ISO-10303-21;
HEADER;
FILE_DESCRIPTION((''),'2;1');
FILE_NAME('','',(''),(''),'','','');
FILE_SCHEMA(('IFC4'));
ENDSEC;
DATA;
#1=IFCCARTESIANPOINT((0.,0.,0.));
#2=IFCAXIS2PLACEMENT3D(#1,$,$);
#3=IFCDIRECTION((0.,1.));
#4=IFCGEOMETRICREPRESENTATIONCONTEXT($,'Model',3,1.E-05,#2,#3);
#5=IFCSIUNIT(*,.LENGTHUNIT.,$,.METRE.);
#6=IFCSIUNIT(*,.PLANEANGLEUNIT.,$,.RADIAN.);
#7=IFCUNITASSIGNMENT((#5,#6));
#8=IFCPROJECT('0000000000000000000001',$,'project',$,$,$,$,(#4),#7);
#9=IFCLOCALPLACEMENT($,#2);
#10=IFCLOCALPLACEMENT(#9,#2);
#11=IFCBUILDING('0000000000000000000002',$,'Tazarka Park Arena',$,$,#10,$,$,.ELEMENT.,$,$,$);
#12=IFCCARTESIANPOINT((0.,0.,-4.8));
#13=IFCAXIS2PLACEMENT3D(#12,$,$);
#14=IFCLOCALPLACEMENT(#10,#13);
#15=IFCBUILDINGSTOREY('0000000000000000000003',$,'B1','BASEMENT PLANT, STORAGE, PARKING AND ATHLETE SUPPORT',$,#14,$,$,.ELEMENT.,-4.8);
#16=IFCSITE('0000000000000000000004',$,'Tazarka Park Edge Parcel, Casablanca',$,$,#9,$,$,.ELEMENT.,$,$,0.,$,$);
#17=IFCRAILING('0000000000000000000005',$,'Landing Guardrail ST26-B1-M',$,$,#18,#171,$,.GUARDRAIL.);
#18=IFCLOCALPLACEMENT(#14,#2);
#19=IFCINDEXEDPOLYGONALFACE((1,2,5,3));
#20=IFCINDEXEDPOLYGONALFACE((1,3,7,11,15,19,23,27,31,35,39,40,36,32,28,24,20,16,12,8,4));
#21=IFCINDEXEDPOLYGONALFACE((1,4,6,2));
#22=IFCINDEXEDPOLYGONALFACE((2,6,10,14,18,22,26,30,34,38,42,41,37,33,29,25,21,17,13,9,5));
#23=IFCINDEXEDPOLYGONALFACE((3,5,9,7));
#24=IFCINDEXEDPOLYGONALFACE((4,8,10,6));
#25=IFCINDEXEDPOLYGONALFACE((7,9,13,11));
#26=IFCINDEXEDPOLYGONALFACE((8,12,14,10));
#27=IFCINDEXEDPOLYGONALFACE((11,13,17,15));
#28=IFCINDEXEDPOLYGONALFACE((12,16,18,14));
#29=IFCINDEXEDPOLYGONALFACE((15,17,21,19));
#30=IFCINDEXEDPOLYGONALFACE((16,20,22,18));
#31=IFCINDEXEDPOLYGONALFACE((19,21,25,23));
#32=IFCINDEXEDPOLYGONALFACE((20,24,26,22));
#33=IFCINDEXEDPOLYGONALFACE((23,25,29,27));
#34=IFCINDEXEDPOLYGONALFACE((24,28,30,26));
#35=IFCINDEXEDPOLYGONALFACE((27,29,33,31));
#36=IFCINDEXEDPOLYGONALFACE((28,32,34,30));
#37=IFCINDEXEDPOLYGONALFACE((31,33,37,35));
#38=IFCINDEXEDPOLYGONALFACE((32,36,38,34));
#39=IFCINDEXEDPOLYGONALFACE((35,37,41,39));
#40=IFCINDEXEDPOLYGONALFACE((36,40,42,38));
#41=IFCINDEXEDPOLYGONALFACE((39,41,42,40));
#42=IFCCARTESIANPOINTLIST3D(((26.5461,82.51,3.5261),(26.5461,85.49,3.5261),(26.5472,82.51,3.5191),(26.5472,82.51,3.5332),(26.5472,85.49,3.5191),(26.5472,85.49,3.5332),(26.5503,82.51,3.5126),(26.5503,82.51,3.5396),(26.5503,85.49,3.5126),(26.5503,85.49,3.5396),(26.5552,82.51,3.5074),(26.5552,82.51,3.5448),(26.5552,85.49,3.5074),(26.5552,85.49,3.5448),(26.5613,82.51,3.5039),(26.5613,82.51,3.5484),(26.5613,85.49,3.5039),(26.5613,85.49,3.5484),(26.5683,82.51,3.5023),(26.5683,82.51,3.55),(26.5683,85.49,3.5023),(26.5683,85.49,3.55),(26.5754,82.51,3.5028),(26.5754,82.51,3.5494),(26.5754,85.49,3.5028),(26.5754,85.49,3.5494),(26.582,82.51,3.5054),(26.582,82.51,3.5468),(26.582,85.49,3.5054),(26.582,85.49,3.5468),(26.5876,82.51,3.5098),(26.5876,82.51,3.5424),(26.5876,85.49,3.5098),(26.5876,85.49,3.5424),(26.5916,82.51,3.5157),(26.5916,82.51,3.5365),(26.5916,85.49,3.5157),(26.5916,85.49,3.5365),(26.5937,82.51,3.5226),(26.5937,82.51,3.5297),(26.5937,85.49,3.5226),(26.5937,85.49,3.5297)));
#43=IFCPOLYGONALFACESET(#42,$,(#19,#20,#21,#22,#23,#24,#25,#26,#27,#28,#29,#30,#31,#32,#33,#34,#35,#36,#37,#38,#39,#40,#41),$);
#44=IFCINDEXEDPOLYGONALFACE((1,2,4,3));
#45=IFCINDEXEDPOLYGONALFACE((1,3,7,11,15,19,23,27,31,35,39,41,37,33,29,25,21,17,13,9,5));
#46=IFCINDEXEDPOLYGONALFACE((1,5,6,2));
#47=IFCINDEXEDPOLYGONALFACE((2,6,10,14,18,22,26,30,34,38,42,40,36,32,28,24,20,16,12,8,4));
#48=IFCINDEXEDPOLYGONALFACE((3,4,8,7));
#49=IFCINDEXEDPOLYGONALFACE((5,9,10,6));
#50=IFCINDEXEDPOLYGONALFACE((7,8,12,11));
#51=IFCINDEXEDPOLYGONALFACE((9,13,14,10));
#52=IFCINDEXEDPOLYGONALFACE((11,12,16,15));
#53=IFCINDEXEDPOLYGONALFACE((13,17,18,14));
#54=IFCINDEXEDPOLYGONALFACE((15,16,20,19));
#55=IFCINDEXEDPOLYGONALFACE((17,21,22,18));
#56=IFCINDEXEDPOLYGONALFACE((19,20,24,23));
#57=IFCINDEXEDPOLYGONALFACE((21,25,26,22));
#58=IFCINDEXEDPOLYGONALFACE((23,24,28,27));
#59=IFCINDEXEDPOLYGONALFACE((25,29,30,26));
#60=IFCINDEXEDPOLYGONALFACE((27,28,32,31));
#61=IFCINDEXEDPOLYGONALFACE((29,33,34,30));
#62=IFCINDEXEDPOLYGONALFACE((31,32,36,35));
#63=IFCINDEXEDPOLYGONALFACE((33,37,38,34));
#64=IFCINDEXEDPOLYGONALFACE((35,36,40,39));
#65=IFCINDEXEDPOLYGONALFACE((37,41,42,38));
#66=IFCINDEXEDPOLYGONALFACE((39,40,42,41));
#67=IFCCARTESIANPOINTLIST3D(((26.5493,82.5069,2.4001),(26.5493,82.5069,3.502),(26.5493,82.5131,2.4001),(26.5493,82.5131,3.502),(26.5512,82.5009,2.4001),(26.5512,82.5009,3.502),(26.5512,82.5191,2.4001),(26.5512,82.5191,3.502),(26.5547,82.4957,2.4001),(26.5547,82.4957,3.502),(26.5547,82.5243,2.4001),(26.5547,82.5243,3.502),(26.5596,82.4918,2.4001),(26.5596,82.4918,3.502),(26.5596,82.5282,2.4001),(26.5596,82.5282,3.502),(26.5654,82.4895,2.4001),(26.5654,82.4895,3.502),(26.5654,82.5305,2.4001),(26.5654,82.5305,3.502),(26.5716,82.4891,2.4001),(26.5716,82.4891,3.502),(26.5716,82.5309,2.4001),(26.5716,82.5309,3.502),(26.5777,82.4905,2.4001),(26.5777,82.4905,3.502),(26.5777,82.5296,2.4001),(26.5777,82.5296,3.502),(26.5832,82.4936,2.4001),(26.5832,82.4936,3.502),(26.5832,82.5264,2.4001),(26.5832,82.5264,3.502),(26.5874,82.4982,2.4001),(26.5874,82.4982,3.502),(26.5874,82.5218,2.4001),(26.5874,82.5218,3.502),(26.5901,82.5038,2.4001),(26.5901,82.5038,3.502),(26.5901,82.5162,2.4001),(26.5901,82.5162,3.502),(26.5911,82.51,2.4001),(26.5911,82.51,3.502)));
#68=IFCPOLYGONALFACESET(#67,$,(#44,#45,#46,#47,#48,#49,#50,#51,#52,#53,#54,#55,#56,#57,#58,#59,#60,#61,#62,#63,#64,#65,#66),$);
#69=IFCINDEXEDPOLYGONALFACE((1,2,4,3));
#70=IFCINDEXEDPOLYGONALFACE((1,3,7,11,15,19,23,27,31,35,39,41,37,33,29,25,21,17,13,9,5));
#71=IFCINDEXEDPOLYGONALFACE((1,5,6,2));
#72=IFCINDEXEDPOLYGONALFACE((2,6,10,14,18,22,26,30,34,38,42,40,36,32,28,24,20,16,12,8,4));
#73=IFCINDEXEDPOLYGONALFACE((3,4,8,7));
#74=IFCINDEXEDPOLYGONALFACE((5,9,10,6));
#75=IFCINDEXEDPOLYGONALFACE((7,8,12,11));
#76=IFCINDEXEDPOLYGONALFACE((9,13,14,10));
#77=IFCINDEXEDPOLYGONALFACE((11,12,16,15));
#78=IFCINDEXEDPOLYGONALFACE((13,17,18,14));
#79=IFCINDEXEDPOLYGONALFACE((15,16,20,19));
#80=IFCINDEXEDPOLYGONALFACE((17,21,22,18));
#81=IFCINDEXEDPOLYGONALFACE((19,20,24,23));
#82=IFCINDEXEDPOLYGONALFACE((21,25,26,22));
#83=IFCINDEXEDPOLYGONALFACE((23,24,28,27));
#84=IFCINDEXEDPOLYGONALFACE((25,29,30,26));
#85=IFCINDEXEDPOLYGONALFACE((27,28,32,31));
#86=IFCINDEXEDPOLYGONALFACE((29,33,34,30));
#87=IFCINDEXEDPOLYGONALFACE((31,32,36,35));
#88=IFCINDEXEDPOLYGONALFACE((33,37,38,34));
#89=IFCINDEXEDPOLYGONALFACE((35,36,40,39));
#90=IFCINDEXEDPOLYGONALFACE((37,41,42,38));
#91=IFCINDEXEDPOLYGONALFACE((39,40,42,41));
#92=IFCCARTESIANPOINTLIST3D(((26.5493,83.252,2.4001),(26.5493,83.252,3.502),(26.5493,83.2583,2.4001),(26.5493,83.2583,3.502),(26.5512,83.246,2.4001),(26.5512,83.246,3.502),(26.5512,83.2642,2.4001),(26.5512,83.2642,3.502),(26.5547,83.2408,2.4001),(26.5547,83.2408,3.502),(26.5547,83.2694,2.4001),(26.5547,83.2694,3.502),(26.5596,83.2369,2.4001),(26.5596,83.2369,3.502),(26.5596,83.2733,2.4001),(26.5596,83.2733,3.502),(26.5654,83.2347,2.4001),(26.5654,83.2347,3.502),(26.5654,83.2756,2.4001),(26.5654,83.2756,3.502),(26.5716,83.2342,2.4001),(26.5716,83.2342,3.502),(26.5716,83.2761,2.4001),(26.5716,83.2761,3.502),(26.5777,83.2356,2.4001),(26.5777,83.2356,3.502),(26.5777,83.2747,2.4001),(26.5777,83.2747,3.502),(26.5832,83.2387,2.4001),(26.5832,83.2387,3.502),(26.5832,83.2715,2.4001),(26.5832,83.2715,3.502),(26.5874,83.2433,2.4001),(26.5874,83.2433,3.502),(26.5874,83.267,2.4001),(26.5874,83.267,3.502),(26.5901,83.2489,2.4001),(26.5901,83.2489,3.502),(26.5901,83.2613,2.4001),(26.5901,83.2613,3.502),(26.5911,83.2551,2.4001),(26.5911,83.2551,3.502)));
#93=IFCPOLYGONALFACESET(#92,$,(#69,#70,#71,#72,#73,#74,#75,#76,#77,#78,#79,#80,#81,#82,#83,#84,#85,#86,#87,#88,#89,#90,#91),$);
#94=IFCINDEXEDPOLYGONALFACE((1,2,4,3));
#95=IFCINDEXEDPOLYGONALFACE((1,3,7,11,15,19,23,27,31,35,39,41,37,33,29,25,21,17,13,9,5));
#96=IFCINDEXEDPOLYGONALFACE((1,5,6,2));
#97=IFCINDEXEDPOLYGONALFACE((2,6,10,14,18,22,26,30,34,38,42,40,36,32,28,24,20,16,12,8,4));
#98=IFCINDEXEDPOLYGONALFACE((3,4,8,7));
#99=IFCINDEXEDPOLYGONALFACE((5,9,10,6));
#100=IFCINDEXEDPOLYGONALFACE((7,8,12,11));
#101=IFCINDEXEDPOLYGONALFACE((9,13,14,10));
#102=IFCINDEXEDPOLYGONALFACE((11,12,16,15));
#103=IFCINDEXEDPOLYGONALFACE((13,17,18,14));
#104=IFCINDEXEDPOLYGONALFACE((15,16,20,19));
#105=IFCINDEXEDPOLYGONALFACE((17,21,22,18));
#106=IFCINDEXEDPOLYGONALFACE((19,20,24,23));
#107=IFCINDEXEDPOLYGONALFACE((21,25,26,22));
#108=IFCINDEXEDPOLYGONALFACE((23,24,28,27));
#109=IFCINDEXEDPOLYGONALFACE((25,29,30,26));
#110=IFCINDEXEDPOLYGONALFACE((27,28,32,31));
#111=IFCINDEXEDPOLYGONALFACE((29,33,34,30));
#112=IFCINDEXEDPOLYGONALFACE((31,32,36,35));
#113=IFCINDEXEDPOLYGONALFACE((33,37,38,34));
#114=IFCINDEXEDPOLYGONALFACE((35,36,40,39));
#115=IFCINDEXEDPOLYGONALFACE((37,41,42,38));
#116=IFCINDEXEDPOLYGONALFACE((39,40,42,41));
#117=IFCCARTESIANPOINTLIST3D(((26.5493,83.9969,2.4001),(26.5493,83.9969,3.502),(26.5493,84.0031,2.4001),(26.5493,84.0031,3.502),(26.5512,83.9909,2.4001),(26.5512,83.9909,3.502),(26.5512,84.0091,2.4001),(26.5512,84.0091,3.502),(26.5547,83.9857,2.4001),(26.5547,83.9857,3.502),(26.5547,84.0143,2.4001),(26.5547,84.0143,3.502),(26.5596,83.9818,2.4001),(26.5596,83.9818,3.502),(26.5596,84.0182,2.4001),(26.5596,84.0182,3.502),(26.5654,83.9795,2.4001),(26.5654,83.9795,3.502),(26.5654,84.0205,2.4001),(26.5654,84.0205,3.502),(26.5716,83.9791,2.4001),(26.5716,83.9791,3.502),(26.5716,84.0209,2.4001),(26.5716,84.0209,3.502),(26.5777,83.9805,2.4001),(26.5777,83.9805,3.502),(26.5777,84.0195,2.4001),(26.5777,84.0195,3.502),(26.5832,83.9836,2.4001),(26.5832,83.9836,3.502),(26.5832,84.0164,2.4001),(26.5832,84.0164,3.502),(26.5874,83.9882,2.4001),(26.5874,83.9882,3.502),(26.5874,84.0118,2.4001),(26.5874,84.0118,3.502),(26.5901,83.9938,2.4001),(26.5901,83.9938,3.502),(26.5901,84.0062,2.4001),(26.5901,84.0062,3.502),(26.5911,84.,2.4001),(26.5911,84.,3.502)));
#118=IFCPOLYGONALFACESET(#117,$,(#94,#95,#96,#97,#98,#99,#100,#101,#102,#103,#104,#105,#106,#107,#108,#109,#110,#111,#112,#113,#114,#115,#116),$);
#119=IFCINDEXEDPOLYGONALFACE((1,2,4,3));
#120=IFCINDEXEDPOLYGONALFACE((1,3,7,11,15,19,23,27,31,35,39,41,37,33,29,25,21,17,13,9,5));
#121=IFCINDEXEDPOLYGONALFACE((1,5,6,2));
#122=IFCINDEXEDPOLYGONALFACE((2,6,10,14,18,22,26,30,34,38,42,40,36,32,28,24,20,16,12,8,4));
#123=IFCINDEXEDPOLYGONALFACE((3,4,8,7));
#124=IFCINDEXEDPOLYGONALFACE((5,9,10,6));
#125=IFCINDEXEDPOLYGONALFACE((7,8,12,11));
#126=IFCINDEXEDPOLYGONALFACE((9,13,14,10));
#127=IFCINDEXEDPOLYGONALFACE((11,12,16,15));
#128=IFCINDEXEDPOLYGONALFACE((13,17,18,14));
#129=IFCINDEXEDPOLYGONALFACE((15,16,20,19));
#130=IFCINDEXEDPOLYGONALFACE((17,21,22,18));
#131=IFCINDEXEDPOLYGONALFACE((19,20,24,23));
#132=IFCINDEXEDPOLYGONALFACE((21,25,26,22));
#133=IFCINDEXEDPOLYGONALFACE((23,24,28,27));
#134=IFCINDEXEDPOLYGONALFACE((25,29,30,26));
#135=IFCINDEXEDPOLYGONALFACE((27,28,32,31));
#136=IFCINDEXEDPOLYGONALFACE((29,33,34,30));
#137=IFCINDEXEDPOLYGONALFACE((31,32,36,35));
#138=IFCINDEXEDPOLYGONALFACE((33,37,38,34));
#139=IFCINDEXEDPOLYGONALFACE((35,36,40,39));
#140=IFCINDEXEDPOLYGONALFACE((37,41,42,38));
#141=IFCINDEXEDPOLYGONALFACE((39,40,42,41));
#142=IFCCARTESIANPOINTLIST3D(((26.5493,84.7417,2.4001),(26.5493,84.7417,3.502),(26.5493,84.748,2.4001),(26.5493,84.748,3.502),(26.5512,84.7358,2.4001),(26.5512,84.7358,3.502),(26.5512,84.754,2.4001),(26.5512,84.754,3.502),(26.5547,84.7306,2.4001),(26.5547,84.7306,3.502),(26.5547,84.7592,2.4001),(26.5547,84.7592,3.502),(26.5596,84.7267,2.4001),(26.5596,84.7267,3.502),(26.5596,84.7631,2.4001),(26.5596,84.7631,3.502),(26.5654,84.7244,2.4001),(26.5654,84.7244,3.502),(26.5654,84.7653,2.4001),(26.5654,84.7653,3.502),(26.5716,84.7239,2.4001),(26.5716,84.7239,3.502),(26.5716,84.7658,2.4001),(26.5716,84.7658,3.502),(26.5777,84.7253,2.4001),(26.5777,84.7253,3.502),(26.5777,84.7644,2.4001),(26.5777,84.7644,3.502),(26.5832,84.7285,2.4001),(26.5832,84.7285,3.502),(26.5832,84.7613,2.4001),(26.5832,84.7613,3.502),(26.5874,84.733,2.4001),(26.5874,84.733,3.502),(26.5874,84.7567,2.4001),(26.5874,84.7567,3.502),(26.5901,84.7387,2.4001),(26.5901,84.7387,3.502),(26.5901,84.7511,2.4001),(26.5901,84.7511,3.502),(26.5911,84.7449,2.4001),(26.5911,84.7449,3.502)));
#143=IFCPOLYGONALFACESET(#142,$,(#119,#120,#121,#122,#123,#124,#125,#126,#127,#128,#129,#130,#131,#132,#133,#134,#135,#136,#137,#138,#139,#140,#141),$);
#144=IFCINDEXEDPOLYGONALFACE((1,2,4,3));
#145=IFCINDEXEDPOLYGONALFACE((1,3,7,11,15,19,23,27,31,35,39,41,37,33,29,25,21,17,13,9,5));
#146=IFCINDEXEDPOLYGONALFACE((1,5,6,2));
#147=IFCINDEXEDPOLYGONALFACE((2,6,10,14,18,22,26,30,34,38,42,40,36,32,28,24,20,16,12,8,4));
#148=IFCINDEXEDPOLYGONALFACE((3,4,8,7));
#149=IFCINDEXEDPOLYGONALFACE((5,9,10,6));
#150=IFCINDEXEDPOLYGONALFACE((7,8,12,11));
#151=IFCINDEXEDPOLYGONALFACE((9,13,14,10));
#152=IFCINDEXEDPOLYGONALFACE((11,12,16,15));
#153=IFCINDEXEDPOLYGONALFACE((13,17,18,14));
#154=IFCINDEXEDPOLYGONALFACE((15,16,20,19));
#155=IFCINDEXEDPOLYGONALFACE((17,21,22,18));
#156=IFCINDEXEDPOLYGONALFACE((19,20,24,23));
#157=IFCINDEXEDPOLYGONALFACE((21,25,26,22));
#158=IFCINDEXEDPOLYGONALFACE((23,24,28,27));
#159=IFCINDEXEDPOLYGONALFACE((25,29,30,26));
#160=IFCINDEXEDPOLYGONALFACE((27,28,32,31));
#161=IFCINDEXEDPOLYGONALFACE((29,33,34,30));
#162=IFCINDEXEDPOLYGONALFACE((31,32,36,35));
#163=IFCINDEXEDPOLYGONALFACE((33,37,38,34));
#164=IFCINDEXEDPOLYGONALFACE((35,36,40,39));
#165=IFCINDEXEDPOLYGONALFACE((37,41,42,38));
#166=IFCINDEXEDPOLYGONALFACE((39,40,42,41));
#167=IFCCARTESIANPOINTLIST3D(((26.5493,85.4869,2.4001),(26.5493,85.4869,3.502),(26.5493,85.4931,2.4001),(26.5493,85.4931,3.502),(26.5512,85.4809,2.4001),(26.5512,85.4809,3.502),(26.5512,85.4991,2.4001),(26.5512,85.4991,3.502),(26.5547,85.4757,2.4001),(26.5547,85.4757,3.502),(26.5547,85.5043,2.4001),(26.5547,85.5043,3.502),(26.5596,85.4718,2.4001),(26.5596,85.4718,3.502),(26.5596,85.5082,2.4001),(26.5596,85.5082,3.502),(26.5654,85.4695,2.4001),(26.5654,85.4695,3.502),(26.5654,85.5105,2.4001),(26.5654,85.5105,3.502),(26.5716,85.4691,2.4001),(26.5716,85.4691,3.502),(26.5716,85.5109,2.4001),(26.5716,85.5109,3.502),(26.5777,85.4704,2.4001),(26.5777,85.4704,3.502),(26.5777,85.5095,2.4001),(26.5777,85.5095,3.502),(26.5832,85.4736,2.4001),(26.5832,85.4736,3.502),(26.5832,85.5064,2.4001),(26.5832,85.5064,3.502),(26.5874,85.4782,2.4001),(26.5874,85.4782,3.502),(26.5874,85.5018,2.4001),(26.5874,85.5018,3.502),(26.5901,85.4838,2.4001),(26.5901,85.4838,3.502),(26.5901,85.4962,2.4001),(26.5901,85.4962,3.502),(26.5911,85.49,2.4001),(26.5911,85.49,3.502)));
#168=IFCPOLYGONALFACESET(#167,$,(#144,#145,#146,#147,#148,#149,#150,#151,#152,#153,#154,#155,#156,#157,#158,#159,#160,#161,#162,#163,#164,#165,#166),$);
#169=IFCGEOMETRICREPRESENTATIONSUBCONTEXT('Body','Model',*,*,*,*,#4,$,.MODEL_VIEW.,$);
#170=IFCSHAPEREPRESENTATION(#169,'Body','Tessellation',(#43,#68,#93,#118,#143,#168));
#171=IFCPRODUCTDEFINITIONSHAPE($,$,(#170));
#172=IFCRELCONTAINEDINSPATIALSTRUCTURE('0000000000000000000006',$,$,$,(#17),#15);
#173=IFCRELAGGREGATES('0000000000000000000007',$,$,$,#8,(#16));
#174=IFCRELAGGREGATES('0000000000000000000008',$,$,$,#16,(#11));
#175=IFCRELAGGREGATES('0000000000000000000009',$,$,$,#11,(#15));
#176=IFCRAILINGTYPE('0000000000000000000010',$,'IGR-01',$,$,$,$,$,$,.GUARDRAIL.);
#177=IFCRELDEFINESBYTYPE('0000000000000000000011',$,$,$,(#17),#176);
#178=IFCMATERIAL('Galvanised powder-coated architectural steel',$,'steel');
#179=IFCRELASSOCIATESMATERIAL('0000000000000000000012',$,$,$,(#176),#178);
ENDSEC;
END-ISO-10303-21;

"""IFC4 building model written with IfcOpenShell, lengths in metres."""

from ifc_helpers import new_model, si_unit, direction, frame, origin, origin_2d, place, context, subcontext, project, spatial, circle, extrude, material, type_object, element, save


model = new_model("IFC4")

# Units and contexts
model_context = context("Model", 3, precision=1e-05, world=origin(), true_north=direction((0.0, 1.0)))
body_context = subcontext(model_context, "Body", "Model", "MODEL_VIEW")
ifc_project = project(units=[si_unit("LENGTHUNIT", "METRE"), si_unit("PLANEANGLEUNIT", "RADIAN")], contexts=[model_context])

# Site, building, storey
site_placement = place(None, origin())
site = spatial("IfcSite", under=ifc_project, at=site_placement, Name="Tazarka Park Edge Parcel, Casablanca", CompositionType="ELEMENT", RefElevation=0.0)
building_placement = place(site_placement, origin())
building = spatial("IfcBuilding", under=site, at=building_placement, Name="Tazarka Park Arena", CompositionType="ELEMENT")
storey_placement = place(building_placement, frame((0.0, 0.0, -4.8)))
storey = spatial("IfcBuildingStorey", under=building, at=storey_placement, Name="B1", Description="BASEMENT PLANT, STORAGE, PARKING AND ATHLETE SUPPORT", CompositionType="ELEMENT", Elevation=-4.8)

# Railing
ifc_material_1 = material(Name="Galvanised powder-coated architectural steel", Category="steel")
railing_type_1 = type_object("IfcRailingType", Name="IGR-01", PredefinedType="GUARDRAIL", material=ifc_material_1)
railing_1_placement = place(storey_placement, frame((26.5701, 82.51, 2.4001)))
element("IfcRailing", 1, at=railing_1_placement, inside=storey, type_object=railing_type_1, Name="Landing Guardrail ST26-B1-M", PredefinedType="GUARDRAIL", context=body_context, shape_type="SweptSolid", body=[
    extrude(circle(Radius=0.0239, at=origin_2d()), frame((0.0, 0.0, 1.126), z_axis=(0.0, 1.0, 0.0), x_axis=(-1.0, 0.0, 0.0)), (0.0, 0.0, 1.0), 2.98),
    extrude(circle(Radius=0.021, at=origin_2d()), origin(), (0.0, 0.0, 1.0), 1.1018),
    extrude(circle(Radius=0.021, at=origin_2d()), frame((0.0, 0.7451, 0.0)), (0.0, 0.0, 1.0), 1.1018),
    extrude(circle(Radius=0.021, at=origin_2d()), frame((0.0, 1.49, 0.0)), (0.0, 0.0, 1.0), 1.1018),
    extrude(circle(Radius=0.021, at=origin_2d()), frame((0.0, 2.2349, 0.0)), (0.0, 0.0, 1.0), 1.1018),
    extrude(circle(Radius=0.021, at=origin_2d()), frame((0.0, 2.98, 0.0)), (0.0, 0.0, 1.0), 1.1018),
])

save(model, "model.ifc")
